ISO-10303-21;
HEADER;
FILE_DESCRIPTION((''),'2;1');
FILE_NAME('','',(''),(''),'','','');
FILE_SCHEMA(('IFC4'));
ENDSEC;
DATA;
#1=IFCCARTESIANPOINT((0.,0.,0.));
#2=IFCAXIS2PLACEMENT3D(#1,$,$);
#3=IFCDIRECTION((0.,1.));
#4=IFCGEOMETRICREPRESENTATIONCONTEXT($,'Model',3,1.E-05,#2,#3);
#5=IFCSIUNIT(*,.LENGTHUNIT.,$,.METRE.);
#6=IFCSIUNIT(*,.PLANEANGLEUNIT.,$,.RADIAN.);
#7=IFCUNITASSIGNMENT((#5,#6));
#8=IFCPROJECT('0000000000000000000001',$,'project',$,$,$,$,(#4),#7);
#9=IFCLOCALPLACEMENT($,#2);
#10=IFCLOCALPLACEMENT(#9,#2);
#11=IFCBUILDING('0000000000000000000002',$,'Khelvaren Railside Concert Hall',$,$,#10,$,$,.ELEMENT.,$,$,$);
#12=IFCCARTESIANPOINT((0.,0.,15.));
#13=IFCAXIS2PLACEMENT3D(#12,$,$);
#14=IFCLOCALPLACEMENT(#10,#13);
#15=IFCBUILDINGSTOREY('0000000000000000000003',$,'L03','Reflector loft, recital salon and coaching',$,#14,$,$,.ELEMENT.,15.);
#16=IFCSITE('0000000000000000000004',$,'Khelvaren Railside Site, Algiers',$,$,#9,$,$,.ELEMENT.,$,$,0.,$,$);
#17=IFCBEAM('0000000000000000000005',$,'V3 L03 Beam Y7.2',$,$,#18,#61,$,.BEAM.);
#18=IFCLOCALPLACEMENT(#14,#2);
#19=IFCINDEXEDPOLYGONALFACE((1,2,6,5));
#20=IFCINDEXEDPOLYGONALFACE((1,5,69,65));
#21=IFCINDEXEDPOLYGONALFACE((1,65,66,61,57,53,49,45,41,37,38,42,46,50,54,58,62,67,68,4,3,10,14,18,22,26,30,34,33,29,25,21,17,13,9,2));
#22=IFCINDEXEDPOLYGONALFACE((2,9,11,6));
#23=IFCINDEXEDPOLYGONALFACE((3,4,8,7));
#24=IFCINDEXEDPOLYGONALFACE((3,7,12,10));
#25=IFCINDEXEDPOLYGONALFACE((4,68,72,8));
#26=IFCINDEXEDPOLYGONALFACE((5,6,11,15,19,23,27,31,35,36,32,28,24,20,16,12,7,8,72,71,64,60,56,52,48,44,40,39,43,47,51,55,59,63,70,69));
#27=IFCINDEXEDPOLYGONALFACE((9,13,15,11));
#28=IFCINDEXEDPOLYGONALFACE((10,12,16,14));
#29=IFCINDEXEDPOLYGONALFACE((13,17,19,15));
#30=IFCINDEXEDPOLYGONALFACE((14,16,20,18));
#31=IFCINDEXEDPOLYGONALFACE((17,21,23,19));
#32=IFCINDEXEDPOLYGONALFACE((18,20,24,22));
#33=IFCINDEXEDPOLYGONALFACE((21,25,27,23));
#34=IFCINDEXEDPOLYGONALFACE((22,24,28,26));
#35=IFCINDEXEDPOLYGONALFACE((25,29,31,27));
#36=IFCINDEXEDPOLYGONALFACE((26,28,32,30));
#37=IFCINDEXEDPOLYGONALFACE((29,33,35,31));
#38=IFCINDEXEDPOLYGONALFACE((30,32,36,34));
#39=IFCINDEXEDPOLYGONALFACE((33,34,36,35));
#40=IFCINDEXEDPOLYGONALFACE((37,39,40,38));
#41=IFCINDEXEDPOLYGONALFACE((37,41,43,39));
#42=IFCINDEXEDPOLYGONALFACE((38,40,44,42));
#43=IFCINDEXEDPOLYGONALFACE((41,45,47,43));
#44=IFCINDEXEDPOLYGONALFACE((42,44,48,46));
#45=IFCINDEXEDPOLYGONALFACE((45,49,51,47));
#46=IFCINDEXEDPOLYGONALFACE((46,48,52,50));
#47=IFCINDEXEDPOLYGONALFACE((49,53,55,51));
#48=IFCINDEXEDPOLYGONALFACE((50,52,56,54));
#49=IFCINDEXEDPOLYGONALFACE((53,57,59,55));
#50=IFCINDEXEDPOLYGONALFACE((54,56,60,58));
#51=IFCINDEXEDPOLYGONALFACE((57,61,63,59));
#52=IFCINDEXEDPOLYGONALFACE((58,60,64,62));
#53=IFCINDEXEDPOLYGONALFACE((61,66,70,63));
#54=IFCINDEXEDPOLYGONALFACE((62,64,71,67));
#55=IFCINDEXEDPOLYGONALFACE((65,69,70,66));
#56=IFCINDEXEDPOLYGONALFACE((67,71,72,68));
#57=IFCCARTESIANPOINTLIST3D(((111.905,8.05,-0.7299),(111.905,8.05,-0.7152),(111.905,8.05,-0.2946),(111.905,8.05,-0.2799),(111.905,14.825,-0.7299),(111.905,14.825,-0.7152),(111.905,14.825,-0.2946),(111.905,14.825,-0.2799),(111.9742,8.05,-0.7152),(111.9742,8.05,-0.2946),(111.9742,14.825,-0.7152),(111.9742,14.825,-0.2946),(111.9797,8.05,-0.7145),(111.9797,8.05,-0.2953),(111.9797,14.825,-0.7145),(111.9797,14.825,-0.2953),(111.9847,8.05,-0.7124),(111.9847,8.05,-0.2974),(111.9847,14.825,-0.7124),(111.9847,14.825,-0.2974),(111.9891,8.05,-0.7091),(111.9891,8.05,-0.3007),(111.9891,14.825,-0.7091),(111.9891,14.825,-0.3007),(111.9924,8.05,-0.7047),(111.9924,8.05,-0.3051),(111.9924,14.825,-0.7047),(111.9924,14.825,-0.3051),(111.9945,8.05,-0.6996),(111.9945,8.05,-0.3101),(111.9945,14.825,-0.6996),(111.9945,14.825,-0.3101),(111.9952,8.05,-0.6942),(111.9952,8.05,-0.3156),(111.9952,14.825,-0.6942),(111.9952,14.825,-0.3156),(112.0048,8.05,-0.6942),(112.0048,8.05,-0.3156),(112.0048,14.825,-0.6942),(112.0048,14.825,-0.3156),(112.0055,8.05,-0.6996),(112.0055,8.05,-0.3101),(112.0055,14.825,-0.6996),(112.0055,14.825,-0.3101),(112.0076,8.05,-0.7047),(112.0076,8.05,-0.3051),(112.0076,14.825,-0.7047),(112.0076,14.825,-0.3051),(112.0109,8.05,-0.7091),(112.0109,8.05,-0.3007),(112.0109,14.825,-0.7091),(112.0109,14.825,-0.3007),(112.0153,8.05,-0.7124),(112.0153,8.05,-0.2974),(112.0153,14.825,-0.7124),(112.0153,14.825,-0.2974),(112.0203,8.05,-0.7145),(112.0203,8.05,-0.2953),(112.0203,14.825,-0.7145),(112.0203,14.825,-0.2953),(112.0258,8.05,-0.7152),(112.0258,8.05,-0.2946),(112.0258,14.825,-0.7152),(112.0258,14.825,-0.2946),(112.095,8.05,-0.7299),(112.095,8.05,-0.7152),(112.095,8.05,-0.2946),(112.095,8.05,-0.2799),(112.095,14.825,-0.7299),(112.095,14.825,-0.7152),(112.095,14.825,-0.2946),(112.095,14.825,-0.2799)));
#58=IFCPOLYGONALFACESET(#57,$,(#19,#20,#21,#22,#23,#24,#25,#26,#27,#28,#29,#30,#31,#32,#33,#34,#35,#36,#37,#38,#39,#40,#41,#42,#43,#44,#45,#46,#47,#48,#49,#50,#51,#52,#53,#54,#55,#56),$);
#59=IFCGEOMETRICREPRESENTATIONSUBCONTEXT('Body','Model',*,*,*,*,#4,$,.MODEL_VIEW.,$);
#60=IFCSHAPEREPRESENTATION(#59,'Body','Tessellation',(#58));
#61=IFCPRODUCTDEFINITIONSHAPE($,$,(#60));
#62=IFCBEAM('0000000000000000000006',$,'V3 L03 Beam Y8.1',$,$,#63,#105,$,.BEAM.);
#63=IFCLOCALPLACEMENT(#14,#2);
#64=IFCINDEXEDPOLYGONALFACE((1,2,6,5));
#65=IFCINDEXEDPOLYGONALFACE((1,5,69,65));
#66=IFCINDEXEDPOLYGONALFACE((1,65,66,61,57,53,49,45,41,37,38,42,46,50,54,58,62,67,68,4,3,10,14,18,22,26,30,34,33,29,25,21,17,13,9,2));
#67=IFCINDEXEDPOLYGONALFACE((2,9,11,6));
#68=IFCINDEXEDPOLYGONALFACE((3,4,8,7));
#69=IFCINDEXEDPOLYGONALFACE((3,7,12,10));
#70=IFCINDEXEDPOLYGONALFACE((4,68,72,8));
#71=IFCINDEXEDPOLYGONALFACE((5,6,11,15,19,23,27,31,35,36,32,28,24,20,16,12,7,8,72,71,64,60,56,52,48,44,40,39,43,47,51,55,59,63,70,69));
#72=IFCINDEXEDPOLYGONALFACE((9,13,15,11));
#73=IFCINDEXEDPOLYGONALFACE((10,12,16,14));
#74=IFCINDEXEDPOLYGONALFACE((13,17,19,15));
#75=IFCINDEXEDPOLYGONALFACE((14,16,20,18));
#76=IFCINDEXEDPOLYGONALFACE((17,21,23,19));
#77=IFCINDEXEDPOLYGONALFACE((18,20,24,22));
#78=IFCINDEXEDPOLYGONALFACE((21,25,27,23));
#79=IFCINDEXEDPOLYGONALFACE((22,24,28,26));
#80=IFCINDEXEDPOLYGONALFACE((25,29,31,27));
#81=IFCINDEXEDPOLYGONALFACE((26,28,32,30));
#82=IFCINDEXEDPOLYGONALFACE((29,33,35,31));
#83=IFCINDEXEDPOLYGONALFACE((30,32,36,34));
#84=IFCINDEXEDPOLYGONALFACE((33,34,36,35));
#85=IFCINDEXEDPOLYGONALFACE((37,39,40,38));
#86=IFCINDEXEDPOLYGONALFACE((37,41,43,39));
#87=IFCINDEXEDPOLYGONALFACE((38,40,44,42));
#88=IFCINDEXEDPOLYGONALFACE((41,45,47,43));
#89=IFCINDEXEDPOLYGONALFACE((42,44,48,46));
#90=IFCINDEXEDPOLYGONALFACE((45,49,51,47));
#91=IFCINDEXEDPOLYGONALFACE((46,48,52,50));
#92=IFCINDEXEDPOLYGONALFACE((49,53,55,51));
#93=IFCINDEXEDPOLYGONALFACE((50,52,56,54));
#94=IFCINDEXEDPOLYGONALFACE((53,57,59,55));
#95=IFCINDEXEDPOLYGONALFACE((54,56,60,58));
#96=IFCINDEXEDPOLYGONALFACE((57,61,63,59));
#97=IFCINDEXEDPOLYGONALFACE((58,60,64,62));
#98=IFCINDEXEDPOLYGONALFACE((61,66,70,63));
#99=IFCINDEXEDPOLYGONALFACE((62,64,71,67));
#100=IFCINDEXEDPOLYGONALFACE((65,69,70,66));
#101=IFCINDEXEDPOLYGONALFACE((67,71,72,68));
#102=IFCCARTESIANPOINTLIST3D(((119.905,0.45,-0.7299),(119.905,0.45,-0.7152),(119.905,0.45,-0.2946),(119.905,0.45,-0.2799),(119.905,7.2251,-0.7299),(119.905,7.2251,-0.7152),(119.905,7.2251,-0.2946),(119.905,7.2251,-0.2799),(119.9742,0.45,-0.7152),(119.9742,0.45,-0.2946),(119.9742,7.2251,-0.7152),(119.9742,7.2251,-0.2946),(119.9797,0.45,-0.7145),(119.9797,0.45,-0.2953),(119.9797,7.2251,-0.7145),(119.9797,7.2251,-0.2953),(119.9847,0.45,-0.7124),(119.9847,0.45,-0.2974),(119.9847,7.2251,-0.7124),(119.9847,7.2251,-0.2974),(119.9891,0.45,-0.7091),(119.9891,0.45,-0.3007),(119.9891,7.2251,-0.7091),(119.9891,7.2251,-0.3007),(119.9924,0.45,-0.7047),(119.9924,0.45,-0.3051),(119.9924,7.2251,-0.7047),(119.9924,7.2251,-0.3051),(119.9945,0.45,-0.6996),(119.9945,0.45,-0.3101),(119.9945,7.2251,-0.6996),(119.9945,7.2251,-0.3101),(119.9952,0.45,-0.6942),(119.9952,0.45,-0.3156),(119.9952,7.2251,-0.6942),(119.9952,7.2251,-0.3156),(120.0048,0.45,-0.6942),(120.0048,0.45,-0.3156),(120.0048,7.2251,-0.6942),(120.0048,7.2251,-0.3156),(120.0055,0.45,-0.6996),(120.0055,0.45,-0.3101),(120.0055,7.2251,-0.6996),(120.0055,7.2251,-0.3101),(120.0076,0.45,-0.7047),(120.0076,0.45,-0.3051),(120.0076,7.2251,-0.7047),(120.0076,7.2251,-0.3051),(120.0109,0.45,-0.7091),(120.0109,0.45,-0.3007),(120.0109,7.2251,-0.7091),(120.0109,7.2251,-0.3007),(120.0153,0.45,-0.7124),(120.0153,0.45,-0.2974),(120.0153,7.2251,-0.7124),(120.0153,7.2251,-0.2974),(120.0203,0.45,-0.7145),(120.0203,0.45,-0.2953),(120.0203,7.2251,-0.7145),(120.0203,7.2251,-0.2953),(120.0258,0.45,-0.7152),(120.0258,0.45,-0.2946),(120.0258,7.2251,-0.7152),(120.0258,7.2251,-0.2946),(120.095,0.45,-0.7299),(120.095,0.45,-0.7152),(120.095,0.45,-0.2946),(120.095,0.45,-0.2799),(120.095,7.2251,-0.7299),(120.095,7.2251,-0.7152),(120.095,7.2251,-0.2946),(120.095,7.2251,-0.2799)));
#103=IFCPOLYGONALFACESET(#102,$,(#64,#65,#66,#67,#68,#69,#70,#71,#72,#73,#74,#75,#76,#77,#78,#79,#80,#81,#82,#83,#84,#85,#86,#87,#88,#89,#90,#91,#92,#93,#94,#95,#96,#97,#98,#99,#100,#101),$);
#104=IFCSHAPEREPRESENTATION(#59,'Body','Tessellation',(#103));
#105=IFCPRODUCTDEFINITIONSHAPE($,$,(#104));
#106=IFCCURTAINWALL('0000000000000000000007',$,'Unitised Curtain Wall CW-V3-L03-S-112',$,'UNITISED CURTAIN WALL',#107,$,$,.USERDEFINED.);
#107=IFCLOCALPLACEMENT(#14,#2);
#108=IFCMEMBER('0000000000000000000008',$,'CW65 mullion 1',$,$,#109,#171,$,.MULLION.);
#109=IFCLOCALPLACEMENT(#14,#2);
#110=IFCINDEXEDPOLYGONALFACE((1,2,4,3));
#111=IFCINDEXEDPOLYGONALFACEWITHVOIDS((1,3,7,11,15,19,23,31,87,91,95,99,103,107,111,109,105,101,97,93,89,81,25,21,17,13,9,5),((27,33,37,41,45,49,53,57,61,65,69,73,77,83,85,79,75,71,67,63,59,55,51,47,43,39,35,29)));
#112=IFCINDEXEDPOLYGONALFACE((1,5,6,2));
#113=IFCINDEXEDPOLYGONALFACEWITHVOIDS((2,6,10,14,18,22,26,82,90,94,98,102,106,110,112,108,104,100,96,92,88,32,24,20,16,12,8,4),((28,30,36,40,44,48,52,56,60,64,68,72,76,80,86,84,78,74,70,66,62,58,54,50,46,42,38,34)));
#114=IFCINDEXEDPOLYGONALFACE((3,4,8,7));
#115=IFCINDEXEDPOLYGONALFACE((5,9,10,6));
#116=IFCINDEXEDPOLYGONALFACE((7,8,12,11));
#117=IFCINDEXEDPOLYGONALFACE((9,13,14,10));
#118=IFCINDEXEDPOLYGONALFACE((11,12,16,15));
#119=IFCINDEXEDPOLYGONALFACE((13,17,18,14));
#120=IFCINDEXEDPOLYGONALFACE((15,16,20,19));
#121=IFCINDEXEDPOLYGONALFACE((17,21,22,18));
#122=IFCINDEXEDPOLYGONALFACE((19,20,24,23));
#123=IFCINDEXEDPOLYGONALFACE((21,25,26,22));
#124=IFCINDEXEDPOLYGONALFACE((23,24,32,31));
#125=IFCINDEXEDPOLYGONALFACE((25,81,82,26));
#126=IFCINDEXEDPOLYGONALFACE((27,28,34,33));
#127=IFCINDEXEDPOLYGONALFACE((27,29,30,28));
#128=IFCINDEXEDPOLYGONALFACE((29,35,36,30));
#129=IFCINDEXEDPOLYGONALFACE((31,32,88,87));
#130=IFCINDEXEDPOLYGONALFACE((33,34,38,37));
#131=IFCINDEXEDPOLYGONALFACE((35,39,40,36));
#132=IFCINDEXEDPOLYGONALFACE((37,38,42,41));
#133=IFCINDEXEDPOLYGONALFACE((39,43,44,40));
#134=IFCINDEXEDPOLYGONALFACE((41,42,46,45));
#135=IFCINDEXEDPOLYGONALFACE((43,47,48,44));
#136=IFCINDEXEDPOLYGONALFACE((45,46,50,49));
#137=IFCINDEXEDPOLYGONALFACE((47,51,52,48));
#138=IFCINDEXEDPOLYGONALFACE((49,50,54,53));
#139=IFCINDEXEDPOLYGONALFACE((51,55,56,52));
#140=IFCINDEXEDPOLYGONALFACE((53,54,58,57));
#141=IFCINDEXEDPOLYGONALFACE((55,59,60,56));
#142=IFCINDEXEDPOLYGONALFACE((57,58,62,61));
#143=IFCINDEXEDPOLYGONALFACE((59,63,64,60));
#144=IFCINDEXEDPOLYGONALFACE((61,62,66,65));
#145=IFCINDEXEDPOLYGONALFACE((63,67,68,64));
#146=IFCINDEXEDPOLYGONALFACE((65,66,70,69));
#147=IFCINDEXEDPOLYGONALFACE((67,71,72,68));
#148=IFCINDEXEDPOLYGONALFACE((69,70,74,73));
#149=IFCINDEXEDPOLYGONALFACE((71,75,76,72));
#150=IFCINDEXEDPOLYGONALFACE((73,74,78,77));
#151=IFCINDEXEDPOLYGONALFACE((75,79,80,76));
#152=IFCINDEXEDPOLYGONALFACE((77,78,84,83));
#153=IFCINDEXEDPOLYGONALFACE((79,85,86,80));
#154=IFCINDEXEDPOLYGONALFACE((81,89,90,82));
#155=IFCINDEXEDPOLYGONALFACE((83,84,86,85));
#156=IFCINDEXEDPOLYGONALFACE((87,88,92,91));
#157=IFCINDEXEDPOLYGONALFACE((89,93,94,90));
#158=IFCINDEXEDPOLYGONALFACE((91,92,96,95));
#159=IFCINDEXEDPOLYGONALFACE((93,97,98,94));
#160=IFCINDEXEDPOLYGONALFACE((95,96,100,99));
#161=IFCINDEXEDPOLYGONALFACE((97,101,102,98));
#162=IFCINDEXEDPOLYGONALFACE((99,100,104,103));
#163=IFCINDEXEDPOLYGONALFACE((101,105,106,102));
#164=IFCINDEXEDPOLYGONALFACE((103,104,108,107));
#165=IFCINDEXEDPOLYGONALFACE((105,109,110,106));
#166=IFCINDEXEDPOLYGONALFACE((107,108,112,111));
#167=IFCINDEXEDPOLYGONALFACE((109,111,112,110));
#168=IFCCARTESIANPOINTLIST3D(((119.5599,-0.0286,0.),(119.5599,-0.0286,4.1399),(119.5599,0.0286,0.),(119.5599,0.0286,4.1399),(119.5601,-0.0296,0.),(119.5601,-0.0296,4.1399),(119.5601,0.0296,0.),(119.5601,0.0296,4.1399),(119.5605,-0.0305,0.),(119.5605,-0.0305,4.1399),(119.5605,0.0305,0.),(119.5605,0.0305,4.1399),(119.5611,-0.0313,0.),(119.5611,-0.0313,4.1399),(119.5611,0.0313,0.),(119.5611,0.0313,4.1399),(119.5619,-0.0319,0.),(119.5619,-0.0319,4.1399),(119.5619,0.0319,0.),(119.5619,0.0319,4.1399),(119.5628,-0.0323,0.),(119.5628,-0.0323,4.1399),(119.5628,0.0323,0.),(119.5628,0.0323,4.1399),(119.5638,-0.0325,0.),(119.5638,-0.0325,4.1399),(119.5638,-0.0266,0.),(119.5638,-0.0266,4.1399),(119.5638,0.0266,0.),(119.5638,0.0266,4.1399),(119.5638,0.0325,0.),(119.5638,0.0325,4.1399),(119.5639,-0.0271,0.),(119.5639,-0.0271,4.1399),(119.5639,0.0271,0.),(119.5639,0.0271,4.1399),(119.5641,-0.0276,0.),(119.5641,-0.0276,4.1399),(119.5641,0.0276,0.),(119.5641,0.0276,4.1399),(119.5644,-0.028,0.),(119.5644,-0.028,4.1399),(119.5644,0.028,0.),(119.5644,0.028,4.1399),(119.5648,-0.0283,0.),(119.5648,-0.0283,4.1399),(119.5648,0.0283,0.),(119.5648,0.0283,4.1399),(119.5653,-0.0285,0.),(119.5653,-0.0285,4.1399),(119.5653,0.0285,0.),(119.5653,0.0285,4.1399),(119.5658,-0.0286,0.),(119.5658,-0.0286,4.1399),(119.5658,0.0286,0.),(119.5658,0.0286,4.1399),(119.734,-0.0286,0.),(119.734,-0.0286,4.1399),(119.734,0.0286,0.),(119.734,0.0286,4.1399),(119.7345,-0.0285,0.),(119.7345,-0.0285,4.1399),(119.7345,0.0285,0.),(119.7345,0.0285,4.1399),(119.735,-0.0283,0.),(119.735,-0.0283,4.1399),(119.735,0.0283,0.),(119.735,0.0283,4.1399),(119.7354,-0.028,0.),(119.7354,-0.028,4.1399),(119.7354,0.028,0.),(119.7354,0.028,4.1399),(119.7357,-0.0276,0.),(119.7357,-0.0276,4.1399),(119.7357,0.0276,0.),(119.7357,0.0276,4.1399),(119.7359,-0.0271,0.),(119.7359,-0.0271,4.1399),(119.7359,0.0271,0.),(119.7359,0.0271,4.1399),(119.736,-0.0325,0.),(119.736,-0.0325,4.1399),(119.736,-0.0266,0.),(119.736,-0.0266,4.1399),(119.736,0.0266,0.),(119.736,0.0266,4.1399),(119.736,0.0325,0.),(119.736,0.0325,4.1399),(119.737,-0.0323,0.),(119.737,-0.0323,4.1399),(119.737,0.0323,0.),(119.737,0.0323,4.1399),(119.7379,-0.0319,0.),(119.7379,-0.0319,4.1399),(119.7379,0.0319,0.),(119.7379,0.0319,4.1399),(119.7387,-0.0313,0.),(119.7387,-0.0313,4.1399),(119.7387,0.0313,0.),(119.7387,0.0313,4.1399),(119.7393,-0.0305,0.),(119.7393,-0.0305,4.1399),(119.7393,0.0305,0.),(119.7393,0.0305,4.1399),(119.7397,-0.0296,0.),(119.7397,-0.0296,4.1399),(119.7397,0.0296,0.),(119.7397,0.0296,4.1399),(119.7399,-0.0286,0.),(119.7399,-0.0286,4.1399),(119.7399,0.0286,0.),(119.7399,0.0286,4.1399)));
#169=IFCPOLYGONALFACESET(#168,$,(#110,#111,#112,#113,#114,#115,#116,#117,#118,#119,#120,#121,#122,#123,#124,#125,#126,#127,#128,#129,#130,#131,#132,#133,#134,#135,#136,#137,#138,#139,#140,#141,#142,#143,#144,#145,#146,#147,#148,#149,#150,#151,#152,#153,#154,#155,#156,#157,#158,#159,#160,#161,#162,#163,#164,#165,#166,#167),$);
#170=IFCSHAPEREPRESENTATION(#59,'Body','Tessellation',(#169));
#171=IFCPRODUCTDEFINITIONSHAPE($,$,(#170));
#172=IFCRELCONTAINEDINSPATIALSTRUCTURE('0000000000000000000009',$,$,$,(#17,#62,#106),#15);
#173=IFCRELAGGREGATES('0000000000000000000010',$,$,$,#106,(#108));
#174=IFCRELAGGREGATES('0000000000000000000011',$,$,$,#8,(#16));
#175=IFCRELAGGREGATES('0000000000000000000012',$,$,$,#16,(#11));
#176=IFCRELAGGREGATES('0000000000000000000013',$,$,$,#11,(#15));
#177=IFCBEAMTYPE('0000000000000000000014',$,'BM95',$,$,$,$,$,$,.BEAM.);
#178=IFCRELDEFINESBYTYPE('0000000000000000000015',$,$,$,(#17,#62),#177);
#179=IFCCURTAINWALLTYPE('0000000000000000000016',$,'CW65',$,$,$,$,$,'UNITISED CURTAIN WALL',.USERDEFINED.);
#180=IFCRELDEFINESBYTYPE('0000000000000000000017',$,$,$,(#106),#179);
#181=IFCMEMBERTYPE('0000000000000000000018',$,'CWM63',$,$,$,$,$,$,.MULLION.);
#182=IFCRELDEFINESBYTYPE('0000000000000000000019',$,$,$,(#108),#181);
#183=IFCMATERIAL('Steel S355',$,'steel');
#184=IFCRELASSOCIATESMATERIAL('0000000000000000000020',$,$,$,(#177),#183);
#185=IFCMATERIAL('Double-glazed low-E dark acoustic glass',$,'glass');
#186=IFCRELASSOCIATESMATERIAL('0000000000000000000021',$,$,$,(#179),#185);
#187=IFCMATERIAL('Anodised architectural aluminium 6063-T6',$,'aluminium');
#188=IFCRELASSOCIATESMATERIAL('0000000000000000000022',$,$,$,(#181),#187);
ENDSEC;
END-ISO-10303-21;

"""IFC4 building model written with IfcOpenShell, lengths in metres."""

from ifc_helpers import new_model, si_unit, direction, frame, origin, origin_2d, place, context, subcontext, project, spatial, hollow_rectangle, i_section, extrude, material, material_profile, profile_set, type_object, element, aggregate, save


model = new_model("IFC4")

# Units and contexts
model_context = context("Model", 3, precision=1e-05, world=origin(), true_north=direction((0.0, 1.0)))
body_context = subcontext(model_context, "Body", "Model", "MODEL_VIEW")
ifc_project = project(units=[si_unit("LENGTHUNIT", "METRE"), si_unit("PLANEANGLEUNIT", "RADIAN")], contexts=[model_context])

# Site, building, storey
site_placement = place(None, origin())
site = spatial("IfcSite", under=ifc_project, at=site_placement, Name="Khelvaren Railside Site, Algiers", CompositionType="ELEMENT", RefElevation=0.0)
building_placement = place(site_placement, origin())
building = spatial("IfcBuilding", under=site, at=building_placement, Name="Khelvaren Railside Concert Hall", CompositionType="ELEMENT")
storey_placement = place(building_placement, frame((0.0, 0.0, 15.0)))
storey = spatial("IfcBuildingStorey", under=building, at=storey_placement, Name="L03", Description="Reflector loft, recital salon and coaching", CompositionType="ELEMENT", Elevation=15.0)

# Beams
ifc_material_1 = material(Name="Steel S355", Category="steel")
ifc_material_profile_1 = material_profile(ifc_material_1, i_section(OverallWidth=0.1899, OverallDepth=0.45, WebThickness=0.0095, FlangeThickness=0.0146, FilletRadius=0.021, at=origin_2d()), Name="IPE 450")
ifc_profile_set_1 = profile_set([ifc_material_profile_1], Name="Steel S355")
beam_type_1 = type_object("IfcBeamType", Name="BM95", PredefinedType="BEAM", material=ifc_profile_set_1)
beam_1_placement = place(storey_placement, frame((112.0, 8.05, -0.5049), z_axis=(0.0, 1.0, 0.0), x_axis=(-1.0, 0.0, 0.0)))
element("IfcBeam", 1, at=beam_1_placement, inside=storey, type_object=beam_type_1, Name="V3 L03 Beam Y7.2", PredefinedType="BEAM", context=body_context, shape_type="SweptSolid", body=[
    extrude(i_section(OverallWidth=0.1899, OverallDepth=0.45, WebThickness=0.0095, FlangeThickness=0.0146, FilletRadius=0.021, at=origin_2d()), origin(), (0.0, 0.0, 1.0), 6.7749),
])
beam_2_placement = place(storey_placement, frame((120.0, 0.45, -0.5049), z_axis=(0.0, 1.0, 0.0), x_axis=(-1.0, 0.0, 0.0)))
element("IfcBeam", 2, at=beam_2_placement, inside=storey, type_object=beam_type_1, Name="V3 L03 Beam Y8.1", PredefinedType="BEAM", context=body_context, shape_type="SweptSolid", body=[
    extrude(i_section(OverallWidth=0.1899, OverallDepth=0.45, WebThickness=0.0095, FlangeThickness=0.0146, FilletRadius=0.021, at=origin_2d()), origin(), (0.0, 0.0, 1.0), 6.7751),
])

# Curtain wall, member
ifc_material_2 = material(Name="Double-glazed low-E dark acoustic glass", Category="glass")
curtain_wall_type = type_object("IfcCurtainWallType", Name="CW65", ElementType="UNITISED CURTAIN WALL", PredefinedType="USERDEFINED", material=ifc_material_2)
curtain_wall_placement = place(storey_placement, origin())
curtain_wall = element("IfcCurtainWall", 3, at=curtain_wall_placement, inside=storey, type_object=curtain_wall_type, Name="Unitised Curtain Wall CW-V3-L03-S-112", ObjectType="UNITISED CURTAIN WALL", PredefinedType="USERDEFINED")
ifc_material_3 = material(Name="Anodised architectural aluminium 6063-T6", Category="aluminium")
ifc_material_profile_2 = material_profile(ifc_material_3, hollow_rectangle(XDim=0.0649, YDim=0.1799, WallThickness=0.0039, InnerFilletRadius=0.002, OuterFilletRadius=0.0039, at=origin_2d()), Name="CWM 65x180x4")
ifc_profile_set_2 = profile_set([ifc_material_profile_2], Name="Anodised architectural aluminium 6063-T6")
member_type_1 = type_object("IfcMemberType", Name="CWM63", PredefinedType="MULLION", material=ifc_profile_set_2)
member_1_placement = place(storey_placement, frame((119.6499, 0.0, 0.0), z_axis=(0.0, 0.0, 1.0), x_axis=(0.0, -1.0, 0.0)))
member_1 = element("IfcMember", 4, at=member_1_placement, type_object=member_type_1, Name="CW65 mullion 1", PredefinedType="MULLION", context=body_context, shape_type="SweptSolid", body=[
    extrude(hollow_rectangle(XDim=0.0649, YDim=0.1799, WallThickness=0.0039, InnerFilletRadius=0.002, OuterFilletRadius=0.0039, at=origin_2d()), origin(), (0.0, 0.0, 1.0), 4.1399),
])

aggregate(curtain_wall, [member_1])

save(model, "model.ifc")
